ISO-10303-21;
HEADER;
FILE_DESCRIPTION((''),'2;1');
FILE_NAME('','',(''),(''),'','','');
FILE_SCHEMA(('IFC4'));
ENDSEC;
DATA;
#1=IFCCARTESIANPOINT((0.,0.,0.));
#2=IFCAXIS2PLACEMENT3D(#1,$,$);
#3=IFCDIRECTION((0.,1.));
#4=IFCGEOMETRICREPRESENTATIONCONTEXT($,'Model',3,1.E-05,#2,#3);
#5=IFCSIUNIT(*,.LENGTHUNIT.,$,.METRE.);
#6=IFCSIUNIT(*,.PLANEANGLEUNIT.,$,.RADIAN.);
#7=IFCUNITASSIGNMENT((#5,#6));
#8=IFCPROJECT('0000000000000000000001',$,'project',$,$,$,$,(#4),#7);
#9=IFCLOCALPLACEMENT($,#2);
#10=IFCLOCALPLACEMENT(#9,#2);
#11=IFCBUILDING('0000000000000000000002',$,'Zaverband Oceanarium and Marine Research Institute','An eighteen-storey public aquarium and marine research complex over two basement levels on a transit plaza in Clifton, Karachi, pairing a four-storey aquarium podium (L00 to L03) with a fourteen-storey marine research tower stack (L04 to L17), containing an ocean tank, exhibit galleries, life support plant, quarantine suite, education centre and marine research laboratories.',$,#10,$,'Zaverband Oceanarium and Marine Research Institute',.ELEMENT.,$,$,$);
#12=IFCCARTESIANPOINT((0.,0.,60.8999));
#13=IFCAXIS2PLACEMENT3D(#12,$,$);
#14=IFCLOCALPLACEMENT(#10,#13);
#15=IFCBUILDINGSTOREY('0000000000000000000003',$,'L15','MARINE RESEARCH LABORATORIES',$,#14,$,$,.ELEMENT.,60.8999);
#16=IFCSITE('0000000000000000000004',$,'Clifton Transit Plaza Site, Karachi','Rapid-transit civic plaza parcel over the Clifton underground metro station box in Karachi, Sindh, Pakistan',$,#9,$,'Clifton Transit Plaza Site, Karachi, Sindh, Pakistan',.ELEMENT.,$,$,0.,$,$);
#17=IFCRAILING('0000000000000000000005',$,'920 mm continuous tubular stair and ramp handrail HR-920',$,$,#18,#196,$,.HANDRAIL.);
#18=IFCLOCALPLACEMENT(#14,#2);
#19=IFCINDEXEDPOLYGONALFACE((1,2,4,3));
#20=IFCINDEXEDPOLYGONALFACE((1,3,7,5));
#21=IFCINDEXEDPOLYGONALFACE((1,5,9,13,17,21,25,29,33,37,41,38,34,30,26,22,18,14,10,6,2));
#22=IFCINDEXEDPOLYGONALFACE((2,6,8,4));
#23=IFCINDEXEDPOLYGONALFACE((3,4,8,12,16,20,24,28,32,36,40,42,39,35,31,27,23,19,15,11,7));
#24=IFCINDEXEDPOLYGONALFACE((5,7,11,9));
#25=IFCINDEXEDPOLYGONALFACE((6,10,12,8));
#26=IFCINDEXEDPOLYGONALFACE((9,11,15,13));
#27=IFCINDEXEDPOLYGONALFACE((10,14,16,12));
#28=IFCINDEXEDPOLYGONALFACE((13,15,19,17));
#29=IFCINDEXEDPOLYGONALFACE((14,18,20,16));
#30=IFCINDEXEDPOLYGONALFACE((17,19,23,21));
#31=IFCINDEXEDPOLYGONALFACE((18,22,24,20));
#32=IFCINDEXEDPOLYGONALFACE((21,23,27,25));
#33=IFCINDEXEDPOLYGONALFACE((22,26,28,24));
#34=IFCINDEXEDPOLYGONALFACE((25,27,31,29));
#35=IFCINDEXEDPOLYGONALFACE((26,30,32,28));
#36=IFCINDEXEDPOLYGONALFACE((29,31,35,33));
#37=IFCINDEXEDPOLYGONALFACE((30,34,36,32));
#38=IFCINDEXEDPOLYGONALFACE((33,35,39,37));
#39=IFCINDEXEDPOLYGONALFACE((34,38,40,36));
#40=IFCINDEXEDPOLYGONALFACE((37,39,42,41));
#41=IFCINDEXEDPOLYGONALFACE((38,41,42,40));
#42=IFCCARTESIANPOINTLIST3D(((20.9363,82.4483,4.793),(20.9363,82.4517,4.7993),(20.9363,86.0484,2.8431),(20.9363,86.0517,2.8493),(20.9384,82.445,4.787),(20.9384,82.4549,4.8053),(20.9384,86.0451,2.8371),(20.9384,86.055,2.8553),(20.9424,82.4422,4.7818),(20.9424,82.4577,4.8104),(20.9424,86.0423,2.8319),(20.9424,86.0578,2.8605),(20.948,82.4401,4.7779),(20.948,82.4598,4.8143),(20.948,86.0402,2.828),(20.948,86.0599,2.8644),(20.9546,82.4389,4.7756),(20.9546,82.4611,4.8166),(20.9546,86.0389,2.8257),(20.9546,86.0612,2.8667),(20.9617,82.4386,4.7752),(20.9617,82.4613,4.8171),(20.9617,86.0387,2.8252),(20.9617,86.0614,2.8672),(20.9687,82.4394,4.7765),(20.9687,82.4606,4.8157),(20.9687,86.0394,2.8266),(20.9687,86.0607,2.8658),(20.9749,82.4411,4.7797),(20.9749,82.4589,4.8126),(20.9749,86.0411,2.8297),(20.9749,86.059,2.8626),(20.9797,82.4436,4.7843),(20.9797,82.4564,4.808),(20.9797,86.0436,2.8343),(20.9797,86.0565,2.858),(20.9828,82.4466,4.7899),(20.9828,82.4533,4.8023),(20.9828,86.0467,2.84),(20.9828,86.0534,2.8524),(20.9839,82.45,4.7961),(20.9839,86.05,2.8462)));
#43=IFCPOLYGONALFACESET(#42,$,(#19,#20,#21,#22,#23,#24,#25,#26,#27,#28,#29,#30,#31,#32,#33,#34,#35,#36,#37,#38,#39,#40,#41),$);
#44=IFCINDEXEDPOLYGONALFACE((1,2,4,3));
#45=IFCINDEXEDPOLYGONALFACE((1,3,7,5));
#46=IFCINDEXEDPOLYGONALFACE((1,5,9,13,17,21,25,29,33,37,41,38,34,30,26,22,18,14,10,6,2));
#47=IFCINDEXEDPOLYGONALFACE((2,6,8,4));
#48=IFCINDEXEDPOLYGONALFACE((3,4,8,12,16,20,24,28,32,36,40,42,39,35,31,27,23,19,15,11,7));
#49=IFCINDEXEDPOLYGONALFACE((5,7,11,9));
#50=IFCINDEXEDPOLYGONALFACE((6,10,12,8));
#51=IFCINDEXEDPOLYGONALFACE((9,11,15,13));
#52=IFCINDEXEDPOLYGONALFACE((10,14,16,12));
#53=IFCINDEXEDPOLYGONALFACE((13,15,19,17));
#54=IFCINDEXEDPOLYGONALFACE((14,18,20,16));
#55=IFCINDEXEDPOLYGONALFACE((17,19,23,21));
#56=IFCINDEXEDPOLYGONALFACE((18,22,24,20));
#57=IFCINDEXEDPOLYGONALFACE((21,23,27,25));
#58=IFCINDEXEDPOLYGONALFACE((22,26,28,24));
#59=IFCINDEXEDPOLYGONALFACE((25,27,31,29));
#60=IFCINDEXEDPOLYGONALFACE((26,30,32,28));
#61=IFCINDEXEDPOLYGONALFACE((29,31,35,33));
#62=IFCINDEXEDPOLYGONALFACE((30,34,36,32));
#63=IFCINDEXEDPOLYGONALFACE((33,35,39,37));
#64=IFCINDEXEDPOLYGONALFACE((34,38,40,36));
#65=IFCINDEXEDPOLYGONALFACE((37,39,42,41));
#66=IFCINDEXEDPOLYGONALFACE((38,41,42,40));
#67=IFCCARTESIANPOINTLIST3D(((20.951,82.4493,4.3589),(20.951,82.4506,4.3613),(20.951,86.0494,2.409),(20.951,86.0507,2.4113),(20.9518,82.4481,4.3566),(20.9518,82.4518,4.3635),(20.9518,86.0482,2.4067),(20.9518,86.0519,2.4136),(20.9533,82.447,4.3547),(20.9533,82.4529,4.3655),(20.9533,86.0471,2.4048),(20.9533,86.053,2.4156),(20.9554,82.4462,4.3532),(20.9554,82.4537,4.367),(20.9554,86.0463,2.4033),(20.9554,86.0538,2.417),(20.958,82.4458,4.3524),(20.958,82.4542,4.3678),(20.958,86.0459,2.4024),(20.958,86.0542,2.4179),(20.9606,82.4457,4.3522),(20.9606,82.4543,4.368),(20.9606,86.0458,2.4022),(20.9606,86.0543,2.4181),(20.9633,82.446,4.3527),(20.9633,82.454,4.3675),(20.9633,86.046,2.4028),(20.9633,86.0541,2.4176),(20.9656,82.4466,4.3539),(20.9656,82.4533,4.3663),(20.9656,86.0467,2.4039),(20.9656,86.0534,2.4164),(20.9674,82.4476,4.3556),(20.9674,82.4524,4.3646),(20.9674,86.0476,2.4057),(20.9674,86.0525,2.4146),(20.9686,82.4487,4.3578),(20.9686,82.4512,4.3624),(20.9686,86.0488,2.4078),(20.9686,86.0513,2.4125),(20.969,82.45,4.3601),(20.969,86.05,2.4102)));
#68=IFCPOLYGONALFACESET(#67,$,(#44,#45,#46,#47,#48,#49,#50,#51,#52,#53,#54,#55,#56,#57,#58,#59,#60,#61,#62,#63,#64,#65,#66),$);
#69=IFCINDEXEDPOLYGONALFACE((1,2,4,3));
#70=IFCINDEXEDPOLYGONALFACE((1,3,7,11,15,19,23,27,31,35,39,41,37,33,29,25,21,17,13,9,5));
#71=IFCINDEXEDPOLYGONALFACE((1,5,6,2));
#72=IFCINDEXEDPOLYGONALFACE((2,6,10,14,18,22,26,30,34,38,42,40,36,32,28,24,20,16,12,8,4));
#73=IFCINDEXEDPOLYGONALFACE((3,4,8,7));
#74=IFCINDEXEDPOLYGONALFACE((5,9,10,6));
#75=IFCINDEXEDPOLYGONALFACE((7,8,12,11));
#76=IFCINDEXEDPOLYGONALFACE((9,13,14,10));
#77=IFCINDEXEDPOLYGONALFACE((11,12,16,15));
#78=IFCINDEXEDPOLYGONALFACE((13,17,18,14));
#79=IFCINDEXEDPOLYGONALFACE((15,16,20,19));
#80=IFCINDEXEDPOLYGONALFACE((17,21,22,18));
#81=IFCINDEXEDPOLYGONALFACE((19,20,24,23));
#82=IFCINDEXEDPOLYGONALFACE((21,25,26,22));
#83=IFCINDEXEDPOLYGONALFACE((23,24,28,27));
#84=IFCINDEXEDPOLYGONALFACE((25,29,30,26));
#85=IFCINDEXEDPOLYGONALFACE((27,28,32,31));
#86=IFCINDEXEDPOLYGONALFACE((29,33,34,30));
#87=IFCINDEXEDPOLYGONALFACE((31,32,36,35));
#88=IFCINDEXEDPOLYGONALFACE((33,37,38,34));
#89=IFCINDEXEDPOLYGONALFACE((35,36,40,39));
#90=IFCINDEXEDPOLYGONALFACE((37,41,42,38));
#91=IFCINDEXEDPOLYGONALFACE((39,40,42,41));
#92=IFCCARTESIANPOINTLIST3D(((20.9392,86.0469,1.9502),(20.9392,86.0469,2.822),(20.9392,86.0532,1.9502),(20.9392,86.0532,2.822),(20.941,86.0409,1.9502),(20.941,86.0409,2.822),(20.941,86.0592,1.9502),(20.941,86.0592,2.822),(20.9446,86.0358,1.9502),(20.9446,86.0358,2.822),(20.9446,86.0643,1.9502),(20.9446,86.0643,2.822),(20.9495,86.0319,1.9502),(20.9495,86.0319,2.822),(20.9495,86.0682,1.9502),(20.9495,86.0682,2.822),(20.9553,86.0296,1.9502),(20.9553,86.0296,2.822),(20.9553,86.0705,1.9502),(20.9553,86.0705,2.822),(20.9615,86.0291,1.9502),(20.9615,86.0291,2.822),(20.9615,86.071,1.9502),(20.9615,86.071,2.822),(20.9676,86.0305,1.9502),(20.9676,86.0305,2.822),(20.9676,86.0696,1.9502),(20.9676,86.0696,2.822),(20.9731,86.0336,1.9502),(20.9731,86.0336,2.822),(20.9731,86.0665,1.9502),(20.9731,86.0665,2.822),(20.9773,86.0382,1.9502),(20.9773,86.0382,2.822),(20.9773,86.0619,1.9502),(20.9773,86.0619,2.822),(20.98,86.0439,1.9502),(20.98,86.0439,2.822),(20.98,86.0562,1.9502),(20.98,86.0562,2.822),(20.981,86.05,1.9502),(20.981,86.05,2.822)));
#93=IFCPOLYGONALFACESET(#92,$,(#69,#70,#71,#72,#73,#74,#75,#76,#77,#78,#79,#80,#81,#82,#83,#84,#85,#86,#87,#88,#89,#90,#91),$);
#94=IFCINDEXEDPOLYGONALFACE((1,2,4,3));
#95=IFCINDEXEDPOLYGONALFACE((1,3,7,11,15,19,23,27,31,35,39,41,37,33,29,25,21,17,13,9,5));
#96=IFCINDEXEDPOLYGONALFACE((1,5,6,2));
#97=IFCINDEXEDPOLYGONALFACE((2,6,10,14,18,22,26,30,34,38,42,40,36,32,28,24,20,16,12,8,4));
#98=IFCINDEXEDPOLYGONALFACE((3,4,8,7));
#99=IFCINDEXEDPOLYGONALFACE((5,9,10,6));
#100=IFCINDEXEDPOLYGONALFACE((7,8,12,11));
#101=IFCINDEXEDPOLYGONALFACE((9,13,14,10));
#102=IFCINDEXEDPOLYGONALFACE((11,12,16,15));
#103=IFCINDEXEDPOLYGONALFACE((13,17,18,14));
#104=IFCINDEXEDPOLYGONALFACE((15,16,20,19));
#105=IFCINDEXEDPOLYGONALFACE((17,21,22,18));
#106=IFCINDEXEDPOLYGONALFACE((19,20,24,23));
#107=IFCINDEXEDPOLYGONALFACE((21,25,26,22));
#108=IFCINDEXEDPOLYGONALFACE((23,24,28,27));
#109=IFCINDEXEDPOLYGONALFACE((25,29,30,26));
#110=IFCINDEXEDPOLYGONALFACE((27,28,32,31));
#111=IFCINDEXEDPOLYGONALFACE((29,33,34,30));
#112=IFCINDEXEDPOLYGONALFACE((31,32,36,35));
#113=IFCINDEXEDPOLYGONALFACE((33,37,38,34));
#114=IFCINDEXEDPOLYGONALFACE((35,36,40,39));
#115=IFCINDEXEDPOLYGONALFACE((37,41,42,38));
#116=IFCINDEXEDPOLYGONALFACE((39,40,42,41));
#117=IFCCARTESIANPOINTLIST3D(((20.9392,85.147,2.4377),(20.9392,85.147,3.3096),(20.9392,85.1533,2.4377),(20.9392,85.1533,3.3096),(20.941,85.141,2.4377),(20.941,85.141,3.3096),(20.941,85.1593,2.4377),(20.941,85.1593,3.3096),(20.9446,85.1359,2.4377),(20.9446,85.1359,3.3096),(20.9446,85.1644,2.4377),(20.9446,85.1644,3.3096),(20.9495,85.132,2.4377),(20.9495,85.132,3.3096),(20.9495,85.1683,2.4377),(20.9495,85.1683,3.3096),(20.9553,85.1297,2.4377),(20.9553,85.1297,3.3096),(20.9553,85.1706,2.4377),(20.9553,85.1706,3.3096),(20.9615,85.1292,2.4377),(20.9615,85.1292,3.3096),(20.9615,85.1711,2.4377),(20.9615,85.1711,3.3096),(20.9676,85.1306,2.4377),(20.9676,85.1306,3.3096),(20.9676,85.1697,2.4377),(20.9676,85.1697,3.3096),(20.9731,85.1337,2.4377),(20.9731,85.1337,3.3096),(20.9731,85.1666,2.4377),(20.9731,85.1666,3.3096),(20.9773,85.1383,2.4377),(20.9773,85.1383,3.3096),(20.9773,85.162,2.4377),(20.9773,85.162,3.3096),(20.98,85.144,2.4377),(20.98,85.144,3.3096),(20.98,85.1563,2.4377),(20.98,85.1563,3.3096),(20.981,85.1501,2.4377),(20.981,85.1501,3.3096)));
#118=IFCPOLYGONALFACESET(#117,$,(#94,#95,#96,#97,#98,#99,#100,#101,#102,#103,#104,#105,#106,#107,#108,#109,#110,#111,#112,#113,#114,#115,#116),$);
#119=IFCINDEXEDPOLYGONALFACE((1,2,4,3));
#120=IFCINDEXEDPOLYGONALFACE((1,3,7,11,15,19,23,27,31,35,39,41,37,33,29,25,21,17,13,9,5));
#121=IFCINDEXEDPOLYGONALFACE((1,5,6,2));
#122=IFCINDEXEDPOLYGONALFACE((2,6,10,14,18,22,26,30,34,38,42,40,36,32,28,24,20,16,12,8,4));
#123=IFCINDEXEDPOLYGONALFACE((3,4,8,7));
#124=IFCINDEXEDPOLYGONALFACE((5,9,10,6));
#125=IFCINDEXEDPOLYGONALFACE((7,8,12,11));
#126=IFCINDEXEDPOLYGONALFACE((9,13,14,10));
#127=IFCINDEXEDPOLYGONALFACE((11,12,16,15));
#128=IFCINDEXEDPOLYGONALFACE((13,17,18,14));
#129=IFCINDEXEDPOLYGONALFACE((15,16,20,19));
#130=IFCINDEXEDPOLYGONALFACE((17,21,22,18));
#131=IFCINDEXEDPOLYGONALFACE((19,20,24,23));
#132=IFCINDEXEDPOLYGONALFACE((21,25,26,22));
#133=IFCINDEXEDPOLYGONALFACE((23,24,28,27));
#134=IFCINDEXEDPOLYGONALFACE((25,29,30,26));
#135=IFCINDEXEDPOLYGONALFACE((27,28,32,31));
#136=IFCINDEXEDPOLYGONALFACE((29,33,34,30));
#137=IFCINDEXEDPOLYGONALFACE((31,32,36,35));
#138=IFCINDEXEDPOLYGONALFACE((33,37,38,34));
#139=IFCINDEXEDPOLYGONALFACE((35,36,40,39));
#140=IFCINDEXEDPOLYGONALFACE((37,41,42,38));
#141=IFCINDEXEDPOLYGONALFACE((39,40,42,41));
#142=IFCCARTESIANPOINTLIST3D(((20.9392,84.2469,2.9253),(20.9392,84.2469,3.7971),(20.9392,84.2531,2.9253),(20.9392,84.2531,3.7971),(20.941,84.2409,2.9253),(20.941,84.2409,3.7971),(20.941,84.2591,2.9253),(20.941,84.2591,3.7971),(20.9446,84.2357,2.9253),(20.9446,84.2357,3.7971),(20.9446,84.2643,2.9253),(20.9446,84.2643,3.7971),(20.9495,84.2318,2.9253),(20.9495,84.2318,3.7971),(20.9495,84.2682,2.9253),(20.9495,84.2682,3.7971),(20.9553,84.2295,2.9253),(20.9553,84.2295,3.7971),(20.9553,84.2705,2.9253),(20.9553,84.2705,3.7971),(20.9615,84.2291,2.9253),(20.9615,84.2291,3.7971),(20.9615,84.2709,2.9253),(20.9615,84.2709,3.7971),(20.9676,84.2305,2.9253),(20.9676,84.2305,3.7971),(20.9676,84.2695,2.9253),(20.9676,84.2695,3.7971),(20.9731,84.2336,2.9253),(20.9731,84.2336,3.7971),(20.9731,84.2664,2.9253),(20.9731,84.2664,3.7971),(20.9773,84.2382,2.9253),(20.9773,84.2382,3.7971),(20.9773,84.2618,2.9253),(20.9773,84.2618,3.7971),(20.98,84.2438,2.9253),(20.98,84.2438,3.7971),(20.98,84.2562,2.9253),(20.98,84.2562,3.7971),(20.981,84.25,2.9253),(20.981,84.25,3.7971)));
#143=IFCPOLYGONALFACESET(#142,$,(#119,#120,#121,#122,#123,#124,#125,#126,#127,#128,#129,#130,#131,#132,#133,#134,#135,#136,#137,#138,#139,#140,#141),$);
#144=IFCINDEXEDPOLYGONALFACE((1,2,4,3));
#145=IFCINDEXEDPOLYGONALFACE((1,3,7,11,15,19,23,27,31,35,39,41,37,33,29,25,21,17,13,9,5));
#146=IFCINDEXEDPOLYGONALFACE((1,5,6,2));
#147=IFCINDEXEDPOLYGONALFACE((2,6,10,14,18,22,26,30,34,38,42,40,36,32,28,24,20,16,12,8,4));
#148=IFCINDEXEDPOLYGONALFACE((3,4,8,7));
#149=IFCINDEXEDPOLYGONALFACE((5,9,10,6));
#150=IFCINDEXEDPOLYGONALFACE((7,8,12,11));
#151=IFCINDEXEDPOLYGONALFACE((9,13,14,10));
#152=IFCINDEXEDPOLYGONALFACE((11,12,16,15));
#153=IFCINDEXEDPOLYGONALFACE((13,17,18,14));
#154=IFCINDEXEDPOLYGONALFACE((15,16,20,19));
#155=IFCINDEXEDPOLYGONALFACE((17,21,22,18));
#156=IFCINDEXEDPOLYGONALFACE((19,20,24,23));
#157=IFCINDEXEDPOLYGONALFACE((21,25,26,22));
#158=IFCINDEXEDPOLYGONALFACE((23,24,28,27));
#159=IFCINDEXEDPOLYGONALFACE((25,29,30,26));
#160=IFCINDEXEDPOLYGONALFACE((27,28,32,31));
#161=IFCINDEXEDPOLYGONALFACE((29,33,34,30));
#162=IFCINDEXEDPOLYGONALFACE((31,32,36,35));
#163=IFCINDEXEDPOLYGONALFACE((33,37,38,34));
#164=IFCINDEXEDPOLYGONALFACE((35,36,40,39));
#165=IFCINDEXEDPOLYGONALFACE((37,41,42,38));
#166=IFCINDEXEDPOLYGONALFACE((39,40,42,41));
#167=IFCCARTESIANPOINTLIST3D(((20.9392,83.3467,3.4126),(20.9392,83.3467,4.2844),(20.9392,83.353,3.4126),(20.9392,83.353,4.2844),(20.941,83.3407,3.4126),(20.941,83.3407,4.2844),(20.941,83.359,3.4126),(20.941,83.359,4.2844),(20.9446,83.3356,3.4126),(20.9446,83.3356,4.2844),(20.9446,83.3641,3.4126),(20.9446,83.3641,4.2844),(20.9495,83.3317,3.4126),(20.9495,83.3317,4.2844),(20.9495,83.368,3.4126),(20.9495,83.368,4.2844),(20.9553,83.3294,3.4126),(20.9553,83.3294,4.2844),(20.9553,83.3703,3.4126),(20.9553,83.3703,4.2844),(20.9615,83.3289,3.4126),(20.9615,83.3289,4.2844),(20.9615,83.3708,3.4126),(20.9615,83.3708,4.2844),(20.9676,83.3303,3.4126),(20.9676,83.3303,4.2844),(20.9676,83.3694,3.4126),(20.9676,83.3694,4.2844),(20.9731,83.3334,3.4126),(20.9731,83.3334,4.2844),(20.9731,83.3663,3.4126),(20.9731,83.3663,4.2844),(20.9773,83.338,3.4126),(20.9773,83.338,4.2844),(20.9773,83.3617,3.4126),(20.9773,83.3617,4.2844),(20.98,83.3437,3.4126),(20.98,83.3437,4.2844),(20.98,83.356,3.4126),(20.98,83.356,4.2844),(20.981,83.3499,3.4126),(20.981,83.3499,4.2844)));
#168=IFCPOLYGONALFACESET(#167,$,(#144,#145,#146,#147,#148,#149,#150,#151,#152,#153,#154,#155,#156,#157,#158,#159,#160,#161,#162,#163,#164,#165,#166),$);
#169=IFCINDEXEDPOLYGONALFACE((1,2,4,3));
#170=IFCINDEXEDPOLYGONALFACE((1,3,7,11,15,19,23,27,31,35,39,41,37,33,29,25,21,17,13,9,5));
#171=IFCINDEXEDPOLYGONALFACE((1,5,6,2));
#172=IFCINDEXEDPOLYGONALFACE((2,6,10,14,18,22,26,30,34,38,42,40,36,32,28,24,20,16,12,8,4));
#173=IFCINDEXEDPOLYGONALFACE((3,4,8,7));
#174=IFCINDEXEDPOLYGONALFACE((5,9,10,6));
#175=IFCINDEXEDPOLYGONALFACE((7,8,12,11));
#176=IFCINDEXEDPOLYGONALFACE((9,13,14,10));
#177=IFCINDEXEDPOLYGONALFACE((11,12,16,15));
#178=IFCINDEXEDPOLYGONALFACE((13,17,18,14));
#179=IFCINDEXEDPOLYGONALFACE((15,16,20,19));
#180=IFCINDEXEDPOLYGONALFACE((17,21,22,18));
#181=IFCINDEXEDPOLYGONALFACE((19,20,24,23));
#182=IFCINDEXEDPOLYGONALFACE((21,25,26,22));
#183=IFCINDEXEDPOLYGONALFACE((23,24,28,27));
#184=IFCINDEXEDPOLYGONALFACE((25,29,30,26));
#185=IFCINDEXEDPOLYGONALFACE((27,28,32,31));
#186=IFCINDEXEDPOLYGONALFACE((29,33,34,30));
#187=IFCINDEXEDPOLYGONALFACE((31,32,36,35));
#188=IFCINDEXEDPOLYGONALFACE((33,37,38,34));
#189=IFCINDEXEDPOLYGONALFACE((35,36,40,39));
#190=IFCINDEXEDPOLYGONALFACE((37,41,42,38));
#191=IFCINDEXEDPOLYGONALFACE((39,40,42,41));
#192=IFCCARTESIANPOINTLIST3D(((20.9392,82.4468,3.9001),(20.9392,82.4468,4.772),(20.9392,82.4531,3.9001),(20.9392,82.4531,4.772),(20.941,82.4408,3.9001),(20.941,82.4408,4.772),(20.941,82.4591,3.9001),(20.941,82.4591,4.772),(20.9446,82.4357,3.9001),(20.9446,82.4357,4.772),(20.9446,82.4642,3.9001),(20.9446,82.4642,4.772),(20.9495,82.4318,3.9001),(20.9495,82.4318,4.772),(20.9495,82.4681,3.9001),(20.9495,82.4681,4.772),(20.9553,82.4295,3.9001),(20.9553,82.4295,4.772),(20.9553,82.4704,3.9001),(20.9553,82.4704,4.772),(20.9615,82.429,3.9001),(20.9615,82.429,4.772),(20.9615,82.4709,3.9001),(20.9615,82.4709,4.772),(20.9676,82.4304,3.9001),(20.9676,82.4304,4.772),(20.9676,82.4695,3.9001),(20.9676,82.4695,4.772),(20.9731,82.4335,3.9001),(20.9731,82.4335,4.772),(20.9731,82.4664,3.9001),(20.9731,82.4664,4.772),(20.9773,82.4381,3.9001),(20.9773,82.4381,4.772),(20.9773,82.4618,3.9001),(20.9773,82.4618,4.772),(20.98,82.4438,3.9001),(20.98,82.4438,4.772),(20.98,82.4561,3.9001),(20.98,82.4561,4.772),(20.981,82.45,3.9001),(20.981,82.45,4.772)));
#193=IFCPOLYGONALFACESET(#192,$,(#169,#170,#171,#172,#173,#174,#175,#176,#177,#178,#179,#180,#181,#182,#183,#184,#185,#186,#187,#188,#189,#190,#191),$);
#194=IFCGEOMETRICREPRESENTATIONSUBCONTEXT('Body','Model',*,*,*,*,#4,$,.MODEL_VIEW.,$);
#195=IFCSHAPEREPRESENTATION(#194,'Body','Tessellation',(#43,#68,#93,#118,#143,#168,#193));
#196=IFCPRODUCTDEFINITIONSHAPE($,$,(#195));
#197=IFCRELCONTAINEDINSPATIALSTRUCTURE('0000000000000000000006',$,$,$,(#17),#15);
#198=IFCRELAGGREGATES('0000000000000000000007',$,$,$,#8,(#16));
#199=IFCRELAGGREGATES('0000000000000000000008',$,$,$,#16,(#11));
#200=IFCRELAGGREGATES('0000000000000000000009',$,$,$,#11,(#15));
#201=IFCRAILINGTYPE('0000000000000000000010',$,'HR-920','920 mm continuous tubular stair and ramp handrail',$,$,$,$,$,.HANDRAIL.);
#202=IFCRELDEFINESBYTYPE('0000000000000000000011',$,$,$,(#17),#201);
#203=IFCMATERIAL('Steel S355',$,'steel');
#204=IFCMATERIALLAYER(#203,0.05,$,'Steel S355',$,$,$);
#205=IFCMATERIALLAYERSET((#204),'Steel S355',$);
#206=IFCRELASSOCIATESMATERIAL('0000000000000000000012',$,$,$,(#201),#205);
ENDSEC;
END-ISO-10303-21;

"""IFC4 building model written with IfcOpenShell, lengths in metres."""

from ifc_helpers import new_model, si_unit, direction, frame, origin, origin_2d, place, context, subcontext, project, spatial, circle, extrude, material, layer, layer_set, type_object, element, save


model = new_model("IFC4")

# Units and contexts
model_context = context("Model", 3, precision=1e-05, world=origin(), true_north=direction((0.0, 1.0)))
body_context = subcontext(model_context, "Body", "Model", "MODEL_VIEW")
ifc_project = project(units=[si_unit("LENGTHUNIT", "METRE"), si_unit("PLANEANGLEUNIT", "RADIAN")], contexts=[model_context])

# Site, building, storey
site_placement = place(None, origin())
site = spatial("IfcSite", under=ifc_project, at=site_placement, Name="Clifton Transit Plaza Site, Karachi", Description="Rapid-transit civic plaza parcel over the Clifton underground metro station box in Karachi, Sindh, Pakistan", LongName="Clifton Transit Plaza Site, Karachi, Sindh, Pakistan", CompositionType="ELEMENT", RefElevation=0.0)
building_placement = place(site_placement, origin())
building = spatial("IfcBuilding", under=site, at=building_placement, Name="Zaverband Oceanarium and Marine Research Institute", Description="An eighteen-storey public aquarium and marine research complex over two basement levels on a transit plaza in Clifton, Karachi, pairing a four-storey aquarium podium (L00 to L03) with a fourteen-storey marine research tower stack (L04 to L17), containing an ocean tank, exhibit galleries, life support plant, quarantine suite, education centre and marine research laboratories.", LongName="Zaverband Oceanarium and Marine Research Institute", CompositionType="ELEMENT")
storey_placement = place(building_placement, frame((0.0, 0.0, 60.8999)))
storey = spatial("IfcBuildingStorey", under=building, at=storey_placement, Name="L15", Description="MARINE RESEARCH LABORATORIES", CompositionType="ELEMENT", Elevation=60.8999)

# Shared definitions
ifc_material_1 = material(Name="Steel S355", Category="steel")

# Railing
ifc_layer_1 = layer(ifc_material_1, 0.05, Name="Steel S355")
ifc_layer_set_1 = layer_set([ifc_layer_1], Name="Steel S355")
railing_type_1 = type_object("IfcRailingType", Name="HR-920", Description="920 mm continuous tubular stair and ramp handrail", PredefinedType="HANDRAIL", material=ifc_layer_set_1)
railing_1_placement = place(storey_placement, frame((20.96, 86.05, 1.9502)))
element("IfcRailing", 1, at=railing_1_placement, inside=storey, type_object=railing_type_1, Name="920 mm continuous tubular stair and ramp handrail HR-920", PredefinedType="HANDRAIL", context=body_context, shape_type="SweptSolid", body=[
    extrude(circle(Radius=0.0239, at=origin_2d()), frame((0.0, 0.0, 0.896), z_axis=(0.0, -0.879302, 0.476264), x_axis=(1.0, 0.0, 0.0)), (0.0, 0.0, 1.0), 4.0942),
    extrude(circle(Radius=0.009, at=origin_2d()), frame((0.0, 0.0, 0.46), z_axis=(0.0, -0.879302, 0.476264), x_axis=(1.0, 0.0, 0.0)), (0.0, 0.0, 1.0), 4.0942),
    extrude(circle(Radius=0.021, at=origin_2d()), origin(), (0.0, 0.0, 1.0), 0.8718),
    extrude(circle(Radius=0.021, at=origin_2d()), frame((0.0, -0.8999, 0.4875)), (0.0, 0.0, 1.0), 0.8718),
    extrude(circle(Radius=0.021, at=origin_2d()), frame((0.0, -1.8, 0.9751)), (0.0, 0.0, 1.0), 0.8718),
    extrude(circle(Radius=0.021, at=origin_2d()), frame((0.0, -2.7002, 1.4624)), (0.0, 0.0, 1.0), 0.8718),
    extrude(circle(Radius=0.021, at=origin_2d()), frame((0.0, -3.6001, 1.95)), (0.0, 0.0, 1.0), 0.8718),
])

save(model, "model.ifc")
